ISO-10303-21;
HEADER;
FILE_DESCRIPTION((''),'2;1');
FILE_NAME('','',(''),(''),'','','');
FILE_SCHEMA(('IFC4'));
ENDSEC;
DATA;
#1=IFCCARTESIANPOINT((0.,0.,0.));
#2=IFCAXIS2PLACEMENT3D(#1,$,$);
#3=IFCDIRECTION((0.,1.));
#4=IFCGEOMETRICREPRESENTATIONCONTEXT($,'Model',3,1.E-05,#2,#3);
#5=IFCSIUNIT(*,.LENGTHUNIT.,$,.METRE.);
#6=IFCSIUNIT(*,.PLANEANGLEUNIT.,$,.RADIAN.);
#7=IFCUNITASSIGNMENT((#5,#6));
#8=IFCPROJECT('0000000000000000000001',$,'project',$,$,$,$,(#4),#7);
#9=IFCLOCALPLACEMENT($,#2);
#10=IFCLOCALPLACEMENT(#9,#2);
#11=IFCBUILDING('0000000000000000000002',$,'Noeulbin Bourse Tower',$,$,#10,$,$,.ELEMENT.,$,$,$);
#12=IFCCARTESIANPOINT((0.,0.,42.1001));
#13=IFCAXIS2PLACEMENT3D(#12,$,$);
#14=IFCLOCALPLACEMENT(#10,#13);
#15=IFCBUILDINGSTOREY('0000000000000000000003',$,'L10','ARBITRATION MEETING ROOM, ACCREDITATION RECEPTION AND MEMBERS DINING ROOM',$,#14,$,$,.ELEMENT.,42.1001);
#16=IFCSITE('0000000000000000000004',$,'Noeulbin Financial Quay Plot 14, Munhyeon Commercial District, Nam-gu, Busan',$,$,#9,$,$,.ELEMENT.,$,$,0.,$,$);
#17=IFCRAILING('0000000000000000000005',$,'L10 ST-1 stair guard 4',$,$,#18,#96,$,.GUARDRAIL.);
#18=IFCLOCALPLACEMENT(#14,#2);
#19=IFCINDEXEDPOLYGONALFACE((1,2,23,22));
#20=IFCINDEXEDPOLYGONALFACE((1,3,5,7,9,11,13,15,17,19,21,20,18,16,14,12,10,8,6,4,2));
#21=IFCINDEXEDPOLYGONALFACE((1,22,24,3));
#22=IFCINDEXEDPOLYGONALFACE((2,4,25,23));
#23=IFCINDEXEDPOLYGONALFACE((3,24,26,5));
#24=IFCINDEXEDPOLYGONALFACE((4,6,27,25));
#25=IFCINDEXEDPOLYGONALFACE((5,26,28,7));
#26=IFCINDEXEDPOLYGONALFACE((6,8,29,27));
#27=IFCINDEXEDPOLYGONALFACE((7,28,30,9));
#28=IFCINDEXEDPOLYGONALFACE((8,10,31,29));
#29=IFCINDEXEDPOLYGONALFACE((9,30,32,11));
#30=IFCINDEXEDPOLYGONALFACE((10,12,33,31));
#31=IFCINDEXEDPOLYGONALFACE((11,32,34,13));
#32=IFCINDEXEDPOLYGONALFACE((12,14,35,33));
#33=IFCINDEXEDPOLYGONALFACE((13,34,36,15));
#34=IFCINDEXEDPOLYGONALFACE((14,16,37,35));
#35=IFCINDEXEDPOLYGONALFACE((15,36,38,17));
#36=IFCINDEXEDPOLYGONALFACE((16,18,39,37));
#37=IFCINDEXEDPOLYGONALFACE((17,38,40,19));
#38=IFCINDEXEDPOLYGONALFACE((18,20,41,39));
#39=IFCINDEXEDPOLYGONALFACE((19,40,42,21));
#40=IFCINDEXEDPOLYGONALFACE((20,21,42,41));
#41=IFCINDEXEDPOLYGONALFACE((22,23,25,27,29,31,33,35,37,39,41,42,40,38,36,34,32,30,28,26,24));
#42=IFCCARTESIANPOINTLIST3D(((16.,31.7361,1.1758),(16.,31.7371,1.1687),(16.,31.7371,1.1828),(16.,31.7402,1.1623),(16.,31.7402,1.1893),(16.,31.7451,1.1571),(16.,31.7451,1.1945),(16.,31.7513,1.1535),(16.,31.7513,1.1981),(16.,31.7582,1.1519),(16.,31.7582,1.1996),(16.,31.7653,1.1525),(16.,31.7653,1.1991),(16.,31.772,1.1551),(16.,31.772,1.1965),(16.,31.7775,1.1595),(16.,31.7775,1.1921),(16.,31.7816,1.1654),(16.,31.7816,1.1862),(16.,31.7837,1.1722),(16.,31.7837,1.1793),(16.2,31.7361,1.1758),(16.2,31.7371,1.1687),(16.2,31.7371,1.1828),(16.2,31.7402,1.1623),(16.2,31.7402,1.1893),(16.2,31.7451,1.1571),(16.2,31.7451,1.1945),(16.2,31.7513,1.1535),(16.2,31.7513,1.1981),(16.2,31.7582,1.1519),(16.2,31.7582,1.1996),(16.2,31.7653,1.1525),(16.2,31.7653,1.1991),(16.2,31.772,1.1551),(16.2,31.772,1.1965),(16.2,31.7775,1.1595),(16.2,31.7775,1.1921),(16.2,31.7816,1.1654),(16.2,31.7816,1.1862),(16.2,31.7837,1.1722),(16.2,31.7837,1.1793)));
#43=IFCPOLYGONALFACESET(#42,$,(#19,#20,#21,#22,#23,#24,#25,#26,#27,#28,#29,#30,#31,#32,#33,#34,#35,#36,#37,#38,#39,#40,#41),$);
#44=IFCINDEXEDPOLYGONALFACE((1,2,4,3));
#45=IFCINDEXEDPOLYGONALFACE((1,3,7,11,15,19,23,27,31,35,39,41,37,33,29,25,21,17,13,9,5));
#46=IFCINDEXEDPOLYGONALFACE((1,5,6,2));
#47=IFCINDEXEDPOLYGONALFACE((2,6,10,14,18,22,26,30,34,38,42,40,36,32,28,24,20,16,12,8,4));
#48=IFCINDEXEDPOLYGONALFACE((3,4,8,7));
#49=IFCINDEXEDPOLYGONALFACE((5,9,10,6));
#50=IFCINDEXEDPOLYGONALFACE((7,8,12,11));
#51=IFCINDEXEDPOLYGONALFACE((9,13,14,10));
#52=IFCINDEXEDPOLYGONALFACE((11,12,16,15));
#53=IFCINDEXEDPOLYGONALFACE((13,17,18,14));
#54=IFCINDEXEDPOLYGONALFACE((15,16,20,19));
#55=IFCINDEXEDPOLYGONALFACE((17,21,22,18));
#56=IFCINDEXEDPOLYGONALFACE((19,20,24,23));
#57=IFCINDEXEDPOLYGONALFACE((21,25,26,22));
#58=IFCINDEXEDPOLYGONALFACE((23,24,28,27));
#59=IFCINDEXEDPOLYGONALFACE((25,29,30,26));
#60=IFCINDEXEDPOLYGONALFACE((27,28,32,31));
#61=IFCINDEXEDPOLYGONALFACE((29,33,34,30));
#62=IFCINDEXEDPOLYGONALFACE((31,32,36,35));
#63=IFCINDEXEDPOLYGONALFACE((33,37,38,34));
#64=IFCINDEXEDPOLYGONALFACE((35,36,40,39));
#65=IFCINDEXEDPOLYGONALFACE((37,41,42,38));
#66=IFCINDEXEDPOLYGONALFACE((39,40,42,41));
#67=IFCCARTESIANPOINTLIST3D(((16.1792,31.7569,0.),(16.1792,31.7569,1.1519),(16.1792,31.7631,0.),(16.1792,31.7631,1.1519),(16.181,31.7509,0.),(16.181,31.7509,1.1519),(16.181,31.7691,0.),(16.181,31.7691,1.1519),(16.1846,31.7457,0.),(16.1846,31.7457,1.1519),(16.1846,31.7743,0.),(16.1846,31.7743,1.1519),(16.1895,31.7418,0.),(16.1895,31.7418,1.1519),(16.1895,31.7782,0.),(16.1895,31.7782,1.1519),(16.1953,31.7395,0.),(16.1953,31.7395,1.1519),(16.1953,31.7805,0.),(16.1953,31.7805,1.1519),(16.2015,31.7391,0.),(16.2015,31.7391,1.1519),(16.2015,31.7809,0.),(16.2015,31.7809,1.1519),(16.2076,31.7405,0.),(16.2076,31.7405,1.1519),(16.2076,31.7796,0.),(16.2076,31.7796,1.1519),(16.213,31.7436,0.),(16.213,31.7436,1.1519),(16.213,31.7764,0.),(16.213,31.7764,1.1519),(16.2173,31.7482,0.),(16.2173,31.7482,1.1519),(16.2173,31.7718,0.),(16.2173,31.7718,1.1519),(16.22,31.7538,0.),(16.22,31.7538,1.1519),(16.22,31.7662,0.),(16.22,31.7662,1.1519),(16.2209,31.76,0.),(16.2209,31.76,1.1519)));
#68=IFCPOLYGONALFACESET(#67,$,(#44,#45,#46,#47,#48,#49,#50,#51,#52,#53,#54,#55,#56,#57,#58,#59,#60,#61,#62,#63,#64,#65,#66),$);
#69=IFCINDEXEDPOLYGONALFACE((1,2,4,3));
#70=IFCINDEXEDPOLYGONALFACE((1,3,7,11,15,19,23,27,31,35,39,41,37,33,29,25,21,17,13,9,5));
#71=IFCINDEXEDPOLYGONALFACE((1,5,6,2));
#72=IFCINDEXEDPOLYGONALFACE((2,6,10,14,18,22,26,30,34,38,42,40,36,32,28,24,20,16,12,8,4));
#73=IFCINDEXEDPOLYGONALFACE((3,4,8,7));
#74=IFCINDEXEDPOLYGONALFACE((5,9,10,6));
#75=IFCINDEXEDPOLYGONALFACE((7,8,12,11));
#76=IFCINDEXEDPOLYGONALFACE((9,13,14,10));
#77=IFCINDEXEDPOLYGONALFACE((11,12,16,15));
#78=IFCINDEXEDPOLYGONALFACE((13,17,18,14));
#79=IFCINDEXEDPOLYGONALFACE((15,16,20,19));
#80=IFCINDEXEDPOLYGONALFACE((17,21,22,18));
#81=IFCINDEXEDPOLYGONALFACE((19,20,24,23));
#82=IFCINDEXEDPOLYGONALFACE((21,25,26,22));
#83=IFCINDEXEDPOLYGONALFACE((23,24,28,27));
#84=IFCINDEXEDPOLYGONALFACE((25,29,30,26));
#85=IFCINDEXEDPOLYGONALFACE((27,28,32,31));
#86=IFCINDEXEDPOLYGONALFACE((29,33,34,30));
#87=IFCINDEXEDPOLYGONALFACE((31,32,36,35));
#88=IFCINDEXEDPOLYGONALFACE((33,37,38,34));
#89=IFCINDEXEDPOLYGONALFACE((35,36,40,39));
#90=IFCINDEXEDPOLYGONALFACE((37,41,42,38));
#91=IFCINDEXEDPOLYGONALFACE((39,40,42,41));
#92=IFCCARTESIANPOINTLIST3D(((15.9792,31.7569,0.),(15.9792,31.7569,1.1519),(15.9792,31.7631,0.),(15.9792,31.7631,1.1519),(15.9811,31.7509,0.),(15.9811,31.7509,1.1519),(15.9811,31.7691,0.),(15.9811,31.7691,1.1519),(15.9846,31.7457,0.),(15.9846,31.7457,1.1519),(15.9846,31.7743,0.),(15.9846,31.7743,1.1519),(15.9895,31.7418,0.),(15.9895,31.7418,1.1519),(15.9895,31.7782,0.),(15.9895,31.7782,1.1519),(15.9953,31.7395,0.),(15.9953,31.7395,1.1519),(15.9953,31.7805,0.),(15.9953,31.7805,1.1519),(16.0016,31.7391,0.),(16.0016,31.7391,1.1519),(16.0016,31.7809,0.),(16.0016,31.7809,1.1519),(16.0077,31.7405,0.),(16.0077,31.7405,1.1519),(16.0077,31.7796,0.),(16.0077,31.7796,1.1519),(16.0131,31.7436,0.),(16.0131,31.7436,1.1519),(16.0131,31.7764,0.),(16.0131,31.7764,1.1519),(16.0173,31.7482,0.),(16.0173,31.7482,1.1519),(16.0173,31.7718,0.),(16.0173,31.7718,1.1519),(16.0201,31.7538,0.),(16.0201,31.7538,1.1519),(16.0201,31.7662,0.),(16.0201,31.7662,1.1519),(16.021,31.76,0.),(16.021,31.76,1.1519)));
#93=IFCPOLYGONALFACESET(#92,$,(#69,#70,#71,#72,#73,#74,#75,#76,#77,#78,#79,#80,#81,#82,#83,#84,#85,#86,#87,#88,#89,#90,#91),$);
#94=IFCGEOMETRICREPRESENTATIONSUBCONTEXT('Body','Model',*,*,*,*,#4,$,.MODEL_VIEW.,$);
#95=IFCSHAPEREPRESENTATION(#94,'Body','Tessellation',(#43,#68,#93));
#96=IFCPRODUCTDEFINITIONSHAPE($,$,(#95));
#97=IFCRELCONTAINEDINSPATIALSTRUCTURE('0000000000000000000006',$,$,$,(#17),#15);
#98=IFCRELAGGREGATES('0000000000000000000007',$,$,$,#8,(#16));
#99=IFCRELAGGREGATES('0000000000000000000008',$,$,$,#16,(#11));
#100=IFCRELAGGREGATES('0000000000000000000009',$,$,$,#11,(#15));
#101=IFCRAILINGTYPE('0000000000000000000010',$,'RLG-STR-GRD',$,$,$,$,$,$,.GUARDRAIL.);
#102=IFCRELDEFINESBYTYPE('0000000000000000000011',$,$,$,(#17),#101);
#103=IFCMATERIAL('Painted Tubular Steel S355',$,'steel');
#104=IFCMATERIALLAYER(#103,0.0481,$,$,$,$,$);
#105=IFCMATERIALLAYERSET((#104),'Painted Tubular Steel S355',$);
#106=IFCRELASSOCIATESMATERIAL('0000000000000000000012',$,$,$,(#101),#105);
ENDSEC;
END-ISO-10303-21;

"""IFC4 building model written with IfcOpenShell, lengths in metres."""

from ifc_helpers import new_model, si_unit, direction, frame, origin, origin_2d, place, context, subcontext, project, spatial, circle, extrude, material, layer, layer_set, type_object, element, save


model = new_model("IFC4")

# Units and contexts
model_context = context("Model", 3, precision=1e-05, world=origin(), true_north=direction((0.0, 1.0)))
body_context = subcontext(model_context, "Body", "Model", "MODEL_VIEW")
ifc_project = project(units=[si_unit("LENGTHUNIT", "METRE"), si_unit("PLANEANGLEUNIT", "RADIAN")], contexts=[model_context])

# Site, building, storey
site_placement = place(None, origin())
site = spatial("IfcSite", under=ifc_project, at=site_placement, Name="Noeulbin Financial Quay Plot 14, Munhyeon Commercial District, Nam-gu, Busan", CompositionType="ELEMENT", RefElevation=0.0)
building_placement = place(site_placement, origin())
building = spatial("IfcBuilding", under=site, at=building_placement, Name="Noeulbin Bourse Tower", CompositionType="ELEMENT")
storey_placement = place(building_placement, frame((0.0, 0.0, 42.1001)))
storey = spatial("IfcBuildingStorey", under=building, at=storey_placement, Name="L10", Description="ARBITRATION MEETING ROOM, ACCREDITATION RECEPTION AND MEMBERS DINING ROOM", CompositionType="ELEMENT", Elevation=42.1001)

# Railing
ifc_material_1 = material(Name="Painted Tubular Steel S355", Category="steel")
ifc_layer_1 = layer(ifc_material_1, 0.0481)
ifc_layer_set_1 = layer_set([ifc_layer_1], Name="Painted Tubular Steel S355")
railing_type_1 = type_object("IfcRailingType", Name="RLG-STR-GRD", PredefinedType="GUARDRAIL", material=ifc_layer_set_1)
railing_1_placement = place(storey_placement, frame((16.2, 31.76, 0.0)))
element("IfcRailing", 1, at=railing_1_placement, inside=storey, type_object=railing_type_1, Name="L10 ST-1 stair guard 4", PredefinedType="GUARDRAIL", context=body_context, shape_type="SweptSolid", body=[
    extrude(circle(Radius=0.0239, at=origin_2d()), frame((0.0, 0.0, 1.1758), z_axis=(-1.0, 0.0, 0.0), x_axis=(0.0, -1.0, 0.0)), (0.0, 0.0, 1.0), 0.2),
    extrude(circle(Radius=0.021, at=origin_2d()), origin(), (0.0, 0.0, 1.0), 1.1519),
    extrude(circle(Radius=0.021, at=origin_2d()), frame((-0.2, 0.0, 0.0)), (0.0, 0.0, 1.0), 1.1519),
])

save(model, "model.ifc")
